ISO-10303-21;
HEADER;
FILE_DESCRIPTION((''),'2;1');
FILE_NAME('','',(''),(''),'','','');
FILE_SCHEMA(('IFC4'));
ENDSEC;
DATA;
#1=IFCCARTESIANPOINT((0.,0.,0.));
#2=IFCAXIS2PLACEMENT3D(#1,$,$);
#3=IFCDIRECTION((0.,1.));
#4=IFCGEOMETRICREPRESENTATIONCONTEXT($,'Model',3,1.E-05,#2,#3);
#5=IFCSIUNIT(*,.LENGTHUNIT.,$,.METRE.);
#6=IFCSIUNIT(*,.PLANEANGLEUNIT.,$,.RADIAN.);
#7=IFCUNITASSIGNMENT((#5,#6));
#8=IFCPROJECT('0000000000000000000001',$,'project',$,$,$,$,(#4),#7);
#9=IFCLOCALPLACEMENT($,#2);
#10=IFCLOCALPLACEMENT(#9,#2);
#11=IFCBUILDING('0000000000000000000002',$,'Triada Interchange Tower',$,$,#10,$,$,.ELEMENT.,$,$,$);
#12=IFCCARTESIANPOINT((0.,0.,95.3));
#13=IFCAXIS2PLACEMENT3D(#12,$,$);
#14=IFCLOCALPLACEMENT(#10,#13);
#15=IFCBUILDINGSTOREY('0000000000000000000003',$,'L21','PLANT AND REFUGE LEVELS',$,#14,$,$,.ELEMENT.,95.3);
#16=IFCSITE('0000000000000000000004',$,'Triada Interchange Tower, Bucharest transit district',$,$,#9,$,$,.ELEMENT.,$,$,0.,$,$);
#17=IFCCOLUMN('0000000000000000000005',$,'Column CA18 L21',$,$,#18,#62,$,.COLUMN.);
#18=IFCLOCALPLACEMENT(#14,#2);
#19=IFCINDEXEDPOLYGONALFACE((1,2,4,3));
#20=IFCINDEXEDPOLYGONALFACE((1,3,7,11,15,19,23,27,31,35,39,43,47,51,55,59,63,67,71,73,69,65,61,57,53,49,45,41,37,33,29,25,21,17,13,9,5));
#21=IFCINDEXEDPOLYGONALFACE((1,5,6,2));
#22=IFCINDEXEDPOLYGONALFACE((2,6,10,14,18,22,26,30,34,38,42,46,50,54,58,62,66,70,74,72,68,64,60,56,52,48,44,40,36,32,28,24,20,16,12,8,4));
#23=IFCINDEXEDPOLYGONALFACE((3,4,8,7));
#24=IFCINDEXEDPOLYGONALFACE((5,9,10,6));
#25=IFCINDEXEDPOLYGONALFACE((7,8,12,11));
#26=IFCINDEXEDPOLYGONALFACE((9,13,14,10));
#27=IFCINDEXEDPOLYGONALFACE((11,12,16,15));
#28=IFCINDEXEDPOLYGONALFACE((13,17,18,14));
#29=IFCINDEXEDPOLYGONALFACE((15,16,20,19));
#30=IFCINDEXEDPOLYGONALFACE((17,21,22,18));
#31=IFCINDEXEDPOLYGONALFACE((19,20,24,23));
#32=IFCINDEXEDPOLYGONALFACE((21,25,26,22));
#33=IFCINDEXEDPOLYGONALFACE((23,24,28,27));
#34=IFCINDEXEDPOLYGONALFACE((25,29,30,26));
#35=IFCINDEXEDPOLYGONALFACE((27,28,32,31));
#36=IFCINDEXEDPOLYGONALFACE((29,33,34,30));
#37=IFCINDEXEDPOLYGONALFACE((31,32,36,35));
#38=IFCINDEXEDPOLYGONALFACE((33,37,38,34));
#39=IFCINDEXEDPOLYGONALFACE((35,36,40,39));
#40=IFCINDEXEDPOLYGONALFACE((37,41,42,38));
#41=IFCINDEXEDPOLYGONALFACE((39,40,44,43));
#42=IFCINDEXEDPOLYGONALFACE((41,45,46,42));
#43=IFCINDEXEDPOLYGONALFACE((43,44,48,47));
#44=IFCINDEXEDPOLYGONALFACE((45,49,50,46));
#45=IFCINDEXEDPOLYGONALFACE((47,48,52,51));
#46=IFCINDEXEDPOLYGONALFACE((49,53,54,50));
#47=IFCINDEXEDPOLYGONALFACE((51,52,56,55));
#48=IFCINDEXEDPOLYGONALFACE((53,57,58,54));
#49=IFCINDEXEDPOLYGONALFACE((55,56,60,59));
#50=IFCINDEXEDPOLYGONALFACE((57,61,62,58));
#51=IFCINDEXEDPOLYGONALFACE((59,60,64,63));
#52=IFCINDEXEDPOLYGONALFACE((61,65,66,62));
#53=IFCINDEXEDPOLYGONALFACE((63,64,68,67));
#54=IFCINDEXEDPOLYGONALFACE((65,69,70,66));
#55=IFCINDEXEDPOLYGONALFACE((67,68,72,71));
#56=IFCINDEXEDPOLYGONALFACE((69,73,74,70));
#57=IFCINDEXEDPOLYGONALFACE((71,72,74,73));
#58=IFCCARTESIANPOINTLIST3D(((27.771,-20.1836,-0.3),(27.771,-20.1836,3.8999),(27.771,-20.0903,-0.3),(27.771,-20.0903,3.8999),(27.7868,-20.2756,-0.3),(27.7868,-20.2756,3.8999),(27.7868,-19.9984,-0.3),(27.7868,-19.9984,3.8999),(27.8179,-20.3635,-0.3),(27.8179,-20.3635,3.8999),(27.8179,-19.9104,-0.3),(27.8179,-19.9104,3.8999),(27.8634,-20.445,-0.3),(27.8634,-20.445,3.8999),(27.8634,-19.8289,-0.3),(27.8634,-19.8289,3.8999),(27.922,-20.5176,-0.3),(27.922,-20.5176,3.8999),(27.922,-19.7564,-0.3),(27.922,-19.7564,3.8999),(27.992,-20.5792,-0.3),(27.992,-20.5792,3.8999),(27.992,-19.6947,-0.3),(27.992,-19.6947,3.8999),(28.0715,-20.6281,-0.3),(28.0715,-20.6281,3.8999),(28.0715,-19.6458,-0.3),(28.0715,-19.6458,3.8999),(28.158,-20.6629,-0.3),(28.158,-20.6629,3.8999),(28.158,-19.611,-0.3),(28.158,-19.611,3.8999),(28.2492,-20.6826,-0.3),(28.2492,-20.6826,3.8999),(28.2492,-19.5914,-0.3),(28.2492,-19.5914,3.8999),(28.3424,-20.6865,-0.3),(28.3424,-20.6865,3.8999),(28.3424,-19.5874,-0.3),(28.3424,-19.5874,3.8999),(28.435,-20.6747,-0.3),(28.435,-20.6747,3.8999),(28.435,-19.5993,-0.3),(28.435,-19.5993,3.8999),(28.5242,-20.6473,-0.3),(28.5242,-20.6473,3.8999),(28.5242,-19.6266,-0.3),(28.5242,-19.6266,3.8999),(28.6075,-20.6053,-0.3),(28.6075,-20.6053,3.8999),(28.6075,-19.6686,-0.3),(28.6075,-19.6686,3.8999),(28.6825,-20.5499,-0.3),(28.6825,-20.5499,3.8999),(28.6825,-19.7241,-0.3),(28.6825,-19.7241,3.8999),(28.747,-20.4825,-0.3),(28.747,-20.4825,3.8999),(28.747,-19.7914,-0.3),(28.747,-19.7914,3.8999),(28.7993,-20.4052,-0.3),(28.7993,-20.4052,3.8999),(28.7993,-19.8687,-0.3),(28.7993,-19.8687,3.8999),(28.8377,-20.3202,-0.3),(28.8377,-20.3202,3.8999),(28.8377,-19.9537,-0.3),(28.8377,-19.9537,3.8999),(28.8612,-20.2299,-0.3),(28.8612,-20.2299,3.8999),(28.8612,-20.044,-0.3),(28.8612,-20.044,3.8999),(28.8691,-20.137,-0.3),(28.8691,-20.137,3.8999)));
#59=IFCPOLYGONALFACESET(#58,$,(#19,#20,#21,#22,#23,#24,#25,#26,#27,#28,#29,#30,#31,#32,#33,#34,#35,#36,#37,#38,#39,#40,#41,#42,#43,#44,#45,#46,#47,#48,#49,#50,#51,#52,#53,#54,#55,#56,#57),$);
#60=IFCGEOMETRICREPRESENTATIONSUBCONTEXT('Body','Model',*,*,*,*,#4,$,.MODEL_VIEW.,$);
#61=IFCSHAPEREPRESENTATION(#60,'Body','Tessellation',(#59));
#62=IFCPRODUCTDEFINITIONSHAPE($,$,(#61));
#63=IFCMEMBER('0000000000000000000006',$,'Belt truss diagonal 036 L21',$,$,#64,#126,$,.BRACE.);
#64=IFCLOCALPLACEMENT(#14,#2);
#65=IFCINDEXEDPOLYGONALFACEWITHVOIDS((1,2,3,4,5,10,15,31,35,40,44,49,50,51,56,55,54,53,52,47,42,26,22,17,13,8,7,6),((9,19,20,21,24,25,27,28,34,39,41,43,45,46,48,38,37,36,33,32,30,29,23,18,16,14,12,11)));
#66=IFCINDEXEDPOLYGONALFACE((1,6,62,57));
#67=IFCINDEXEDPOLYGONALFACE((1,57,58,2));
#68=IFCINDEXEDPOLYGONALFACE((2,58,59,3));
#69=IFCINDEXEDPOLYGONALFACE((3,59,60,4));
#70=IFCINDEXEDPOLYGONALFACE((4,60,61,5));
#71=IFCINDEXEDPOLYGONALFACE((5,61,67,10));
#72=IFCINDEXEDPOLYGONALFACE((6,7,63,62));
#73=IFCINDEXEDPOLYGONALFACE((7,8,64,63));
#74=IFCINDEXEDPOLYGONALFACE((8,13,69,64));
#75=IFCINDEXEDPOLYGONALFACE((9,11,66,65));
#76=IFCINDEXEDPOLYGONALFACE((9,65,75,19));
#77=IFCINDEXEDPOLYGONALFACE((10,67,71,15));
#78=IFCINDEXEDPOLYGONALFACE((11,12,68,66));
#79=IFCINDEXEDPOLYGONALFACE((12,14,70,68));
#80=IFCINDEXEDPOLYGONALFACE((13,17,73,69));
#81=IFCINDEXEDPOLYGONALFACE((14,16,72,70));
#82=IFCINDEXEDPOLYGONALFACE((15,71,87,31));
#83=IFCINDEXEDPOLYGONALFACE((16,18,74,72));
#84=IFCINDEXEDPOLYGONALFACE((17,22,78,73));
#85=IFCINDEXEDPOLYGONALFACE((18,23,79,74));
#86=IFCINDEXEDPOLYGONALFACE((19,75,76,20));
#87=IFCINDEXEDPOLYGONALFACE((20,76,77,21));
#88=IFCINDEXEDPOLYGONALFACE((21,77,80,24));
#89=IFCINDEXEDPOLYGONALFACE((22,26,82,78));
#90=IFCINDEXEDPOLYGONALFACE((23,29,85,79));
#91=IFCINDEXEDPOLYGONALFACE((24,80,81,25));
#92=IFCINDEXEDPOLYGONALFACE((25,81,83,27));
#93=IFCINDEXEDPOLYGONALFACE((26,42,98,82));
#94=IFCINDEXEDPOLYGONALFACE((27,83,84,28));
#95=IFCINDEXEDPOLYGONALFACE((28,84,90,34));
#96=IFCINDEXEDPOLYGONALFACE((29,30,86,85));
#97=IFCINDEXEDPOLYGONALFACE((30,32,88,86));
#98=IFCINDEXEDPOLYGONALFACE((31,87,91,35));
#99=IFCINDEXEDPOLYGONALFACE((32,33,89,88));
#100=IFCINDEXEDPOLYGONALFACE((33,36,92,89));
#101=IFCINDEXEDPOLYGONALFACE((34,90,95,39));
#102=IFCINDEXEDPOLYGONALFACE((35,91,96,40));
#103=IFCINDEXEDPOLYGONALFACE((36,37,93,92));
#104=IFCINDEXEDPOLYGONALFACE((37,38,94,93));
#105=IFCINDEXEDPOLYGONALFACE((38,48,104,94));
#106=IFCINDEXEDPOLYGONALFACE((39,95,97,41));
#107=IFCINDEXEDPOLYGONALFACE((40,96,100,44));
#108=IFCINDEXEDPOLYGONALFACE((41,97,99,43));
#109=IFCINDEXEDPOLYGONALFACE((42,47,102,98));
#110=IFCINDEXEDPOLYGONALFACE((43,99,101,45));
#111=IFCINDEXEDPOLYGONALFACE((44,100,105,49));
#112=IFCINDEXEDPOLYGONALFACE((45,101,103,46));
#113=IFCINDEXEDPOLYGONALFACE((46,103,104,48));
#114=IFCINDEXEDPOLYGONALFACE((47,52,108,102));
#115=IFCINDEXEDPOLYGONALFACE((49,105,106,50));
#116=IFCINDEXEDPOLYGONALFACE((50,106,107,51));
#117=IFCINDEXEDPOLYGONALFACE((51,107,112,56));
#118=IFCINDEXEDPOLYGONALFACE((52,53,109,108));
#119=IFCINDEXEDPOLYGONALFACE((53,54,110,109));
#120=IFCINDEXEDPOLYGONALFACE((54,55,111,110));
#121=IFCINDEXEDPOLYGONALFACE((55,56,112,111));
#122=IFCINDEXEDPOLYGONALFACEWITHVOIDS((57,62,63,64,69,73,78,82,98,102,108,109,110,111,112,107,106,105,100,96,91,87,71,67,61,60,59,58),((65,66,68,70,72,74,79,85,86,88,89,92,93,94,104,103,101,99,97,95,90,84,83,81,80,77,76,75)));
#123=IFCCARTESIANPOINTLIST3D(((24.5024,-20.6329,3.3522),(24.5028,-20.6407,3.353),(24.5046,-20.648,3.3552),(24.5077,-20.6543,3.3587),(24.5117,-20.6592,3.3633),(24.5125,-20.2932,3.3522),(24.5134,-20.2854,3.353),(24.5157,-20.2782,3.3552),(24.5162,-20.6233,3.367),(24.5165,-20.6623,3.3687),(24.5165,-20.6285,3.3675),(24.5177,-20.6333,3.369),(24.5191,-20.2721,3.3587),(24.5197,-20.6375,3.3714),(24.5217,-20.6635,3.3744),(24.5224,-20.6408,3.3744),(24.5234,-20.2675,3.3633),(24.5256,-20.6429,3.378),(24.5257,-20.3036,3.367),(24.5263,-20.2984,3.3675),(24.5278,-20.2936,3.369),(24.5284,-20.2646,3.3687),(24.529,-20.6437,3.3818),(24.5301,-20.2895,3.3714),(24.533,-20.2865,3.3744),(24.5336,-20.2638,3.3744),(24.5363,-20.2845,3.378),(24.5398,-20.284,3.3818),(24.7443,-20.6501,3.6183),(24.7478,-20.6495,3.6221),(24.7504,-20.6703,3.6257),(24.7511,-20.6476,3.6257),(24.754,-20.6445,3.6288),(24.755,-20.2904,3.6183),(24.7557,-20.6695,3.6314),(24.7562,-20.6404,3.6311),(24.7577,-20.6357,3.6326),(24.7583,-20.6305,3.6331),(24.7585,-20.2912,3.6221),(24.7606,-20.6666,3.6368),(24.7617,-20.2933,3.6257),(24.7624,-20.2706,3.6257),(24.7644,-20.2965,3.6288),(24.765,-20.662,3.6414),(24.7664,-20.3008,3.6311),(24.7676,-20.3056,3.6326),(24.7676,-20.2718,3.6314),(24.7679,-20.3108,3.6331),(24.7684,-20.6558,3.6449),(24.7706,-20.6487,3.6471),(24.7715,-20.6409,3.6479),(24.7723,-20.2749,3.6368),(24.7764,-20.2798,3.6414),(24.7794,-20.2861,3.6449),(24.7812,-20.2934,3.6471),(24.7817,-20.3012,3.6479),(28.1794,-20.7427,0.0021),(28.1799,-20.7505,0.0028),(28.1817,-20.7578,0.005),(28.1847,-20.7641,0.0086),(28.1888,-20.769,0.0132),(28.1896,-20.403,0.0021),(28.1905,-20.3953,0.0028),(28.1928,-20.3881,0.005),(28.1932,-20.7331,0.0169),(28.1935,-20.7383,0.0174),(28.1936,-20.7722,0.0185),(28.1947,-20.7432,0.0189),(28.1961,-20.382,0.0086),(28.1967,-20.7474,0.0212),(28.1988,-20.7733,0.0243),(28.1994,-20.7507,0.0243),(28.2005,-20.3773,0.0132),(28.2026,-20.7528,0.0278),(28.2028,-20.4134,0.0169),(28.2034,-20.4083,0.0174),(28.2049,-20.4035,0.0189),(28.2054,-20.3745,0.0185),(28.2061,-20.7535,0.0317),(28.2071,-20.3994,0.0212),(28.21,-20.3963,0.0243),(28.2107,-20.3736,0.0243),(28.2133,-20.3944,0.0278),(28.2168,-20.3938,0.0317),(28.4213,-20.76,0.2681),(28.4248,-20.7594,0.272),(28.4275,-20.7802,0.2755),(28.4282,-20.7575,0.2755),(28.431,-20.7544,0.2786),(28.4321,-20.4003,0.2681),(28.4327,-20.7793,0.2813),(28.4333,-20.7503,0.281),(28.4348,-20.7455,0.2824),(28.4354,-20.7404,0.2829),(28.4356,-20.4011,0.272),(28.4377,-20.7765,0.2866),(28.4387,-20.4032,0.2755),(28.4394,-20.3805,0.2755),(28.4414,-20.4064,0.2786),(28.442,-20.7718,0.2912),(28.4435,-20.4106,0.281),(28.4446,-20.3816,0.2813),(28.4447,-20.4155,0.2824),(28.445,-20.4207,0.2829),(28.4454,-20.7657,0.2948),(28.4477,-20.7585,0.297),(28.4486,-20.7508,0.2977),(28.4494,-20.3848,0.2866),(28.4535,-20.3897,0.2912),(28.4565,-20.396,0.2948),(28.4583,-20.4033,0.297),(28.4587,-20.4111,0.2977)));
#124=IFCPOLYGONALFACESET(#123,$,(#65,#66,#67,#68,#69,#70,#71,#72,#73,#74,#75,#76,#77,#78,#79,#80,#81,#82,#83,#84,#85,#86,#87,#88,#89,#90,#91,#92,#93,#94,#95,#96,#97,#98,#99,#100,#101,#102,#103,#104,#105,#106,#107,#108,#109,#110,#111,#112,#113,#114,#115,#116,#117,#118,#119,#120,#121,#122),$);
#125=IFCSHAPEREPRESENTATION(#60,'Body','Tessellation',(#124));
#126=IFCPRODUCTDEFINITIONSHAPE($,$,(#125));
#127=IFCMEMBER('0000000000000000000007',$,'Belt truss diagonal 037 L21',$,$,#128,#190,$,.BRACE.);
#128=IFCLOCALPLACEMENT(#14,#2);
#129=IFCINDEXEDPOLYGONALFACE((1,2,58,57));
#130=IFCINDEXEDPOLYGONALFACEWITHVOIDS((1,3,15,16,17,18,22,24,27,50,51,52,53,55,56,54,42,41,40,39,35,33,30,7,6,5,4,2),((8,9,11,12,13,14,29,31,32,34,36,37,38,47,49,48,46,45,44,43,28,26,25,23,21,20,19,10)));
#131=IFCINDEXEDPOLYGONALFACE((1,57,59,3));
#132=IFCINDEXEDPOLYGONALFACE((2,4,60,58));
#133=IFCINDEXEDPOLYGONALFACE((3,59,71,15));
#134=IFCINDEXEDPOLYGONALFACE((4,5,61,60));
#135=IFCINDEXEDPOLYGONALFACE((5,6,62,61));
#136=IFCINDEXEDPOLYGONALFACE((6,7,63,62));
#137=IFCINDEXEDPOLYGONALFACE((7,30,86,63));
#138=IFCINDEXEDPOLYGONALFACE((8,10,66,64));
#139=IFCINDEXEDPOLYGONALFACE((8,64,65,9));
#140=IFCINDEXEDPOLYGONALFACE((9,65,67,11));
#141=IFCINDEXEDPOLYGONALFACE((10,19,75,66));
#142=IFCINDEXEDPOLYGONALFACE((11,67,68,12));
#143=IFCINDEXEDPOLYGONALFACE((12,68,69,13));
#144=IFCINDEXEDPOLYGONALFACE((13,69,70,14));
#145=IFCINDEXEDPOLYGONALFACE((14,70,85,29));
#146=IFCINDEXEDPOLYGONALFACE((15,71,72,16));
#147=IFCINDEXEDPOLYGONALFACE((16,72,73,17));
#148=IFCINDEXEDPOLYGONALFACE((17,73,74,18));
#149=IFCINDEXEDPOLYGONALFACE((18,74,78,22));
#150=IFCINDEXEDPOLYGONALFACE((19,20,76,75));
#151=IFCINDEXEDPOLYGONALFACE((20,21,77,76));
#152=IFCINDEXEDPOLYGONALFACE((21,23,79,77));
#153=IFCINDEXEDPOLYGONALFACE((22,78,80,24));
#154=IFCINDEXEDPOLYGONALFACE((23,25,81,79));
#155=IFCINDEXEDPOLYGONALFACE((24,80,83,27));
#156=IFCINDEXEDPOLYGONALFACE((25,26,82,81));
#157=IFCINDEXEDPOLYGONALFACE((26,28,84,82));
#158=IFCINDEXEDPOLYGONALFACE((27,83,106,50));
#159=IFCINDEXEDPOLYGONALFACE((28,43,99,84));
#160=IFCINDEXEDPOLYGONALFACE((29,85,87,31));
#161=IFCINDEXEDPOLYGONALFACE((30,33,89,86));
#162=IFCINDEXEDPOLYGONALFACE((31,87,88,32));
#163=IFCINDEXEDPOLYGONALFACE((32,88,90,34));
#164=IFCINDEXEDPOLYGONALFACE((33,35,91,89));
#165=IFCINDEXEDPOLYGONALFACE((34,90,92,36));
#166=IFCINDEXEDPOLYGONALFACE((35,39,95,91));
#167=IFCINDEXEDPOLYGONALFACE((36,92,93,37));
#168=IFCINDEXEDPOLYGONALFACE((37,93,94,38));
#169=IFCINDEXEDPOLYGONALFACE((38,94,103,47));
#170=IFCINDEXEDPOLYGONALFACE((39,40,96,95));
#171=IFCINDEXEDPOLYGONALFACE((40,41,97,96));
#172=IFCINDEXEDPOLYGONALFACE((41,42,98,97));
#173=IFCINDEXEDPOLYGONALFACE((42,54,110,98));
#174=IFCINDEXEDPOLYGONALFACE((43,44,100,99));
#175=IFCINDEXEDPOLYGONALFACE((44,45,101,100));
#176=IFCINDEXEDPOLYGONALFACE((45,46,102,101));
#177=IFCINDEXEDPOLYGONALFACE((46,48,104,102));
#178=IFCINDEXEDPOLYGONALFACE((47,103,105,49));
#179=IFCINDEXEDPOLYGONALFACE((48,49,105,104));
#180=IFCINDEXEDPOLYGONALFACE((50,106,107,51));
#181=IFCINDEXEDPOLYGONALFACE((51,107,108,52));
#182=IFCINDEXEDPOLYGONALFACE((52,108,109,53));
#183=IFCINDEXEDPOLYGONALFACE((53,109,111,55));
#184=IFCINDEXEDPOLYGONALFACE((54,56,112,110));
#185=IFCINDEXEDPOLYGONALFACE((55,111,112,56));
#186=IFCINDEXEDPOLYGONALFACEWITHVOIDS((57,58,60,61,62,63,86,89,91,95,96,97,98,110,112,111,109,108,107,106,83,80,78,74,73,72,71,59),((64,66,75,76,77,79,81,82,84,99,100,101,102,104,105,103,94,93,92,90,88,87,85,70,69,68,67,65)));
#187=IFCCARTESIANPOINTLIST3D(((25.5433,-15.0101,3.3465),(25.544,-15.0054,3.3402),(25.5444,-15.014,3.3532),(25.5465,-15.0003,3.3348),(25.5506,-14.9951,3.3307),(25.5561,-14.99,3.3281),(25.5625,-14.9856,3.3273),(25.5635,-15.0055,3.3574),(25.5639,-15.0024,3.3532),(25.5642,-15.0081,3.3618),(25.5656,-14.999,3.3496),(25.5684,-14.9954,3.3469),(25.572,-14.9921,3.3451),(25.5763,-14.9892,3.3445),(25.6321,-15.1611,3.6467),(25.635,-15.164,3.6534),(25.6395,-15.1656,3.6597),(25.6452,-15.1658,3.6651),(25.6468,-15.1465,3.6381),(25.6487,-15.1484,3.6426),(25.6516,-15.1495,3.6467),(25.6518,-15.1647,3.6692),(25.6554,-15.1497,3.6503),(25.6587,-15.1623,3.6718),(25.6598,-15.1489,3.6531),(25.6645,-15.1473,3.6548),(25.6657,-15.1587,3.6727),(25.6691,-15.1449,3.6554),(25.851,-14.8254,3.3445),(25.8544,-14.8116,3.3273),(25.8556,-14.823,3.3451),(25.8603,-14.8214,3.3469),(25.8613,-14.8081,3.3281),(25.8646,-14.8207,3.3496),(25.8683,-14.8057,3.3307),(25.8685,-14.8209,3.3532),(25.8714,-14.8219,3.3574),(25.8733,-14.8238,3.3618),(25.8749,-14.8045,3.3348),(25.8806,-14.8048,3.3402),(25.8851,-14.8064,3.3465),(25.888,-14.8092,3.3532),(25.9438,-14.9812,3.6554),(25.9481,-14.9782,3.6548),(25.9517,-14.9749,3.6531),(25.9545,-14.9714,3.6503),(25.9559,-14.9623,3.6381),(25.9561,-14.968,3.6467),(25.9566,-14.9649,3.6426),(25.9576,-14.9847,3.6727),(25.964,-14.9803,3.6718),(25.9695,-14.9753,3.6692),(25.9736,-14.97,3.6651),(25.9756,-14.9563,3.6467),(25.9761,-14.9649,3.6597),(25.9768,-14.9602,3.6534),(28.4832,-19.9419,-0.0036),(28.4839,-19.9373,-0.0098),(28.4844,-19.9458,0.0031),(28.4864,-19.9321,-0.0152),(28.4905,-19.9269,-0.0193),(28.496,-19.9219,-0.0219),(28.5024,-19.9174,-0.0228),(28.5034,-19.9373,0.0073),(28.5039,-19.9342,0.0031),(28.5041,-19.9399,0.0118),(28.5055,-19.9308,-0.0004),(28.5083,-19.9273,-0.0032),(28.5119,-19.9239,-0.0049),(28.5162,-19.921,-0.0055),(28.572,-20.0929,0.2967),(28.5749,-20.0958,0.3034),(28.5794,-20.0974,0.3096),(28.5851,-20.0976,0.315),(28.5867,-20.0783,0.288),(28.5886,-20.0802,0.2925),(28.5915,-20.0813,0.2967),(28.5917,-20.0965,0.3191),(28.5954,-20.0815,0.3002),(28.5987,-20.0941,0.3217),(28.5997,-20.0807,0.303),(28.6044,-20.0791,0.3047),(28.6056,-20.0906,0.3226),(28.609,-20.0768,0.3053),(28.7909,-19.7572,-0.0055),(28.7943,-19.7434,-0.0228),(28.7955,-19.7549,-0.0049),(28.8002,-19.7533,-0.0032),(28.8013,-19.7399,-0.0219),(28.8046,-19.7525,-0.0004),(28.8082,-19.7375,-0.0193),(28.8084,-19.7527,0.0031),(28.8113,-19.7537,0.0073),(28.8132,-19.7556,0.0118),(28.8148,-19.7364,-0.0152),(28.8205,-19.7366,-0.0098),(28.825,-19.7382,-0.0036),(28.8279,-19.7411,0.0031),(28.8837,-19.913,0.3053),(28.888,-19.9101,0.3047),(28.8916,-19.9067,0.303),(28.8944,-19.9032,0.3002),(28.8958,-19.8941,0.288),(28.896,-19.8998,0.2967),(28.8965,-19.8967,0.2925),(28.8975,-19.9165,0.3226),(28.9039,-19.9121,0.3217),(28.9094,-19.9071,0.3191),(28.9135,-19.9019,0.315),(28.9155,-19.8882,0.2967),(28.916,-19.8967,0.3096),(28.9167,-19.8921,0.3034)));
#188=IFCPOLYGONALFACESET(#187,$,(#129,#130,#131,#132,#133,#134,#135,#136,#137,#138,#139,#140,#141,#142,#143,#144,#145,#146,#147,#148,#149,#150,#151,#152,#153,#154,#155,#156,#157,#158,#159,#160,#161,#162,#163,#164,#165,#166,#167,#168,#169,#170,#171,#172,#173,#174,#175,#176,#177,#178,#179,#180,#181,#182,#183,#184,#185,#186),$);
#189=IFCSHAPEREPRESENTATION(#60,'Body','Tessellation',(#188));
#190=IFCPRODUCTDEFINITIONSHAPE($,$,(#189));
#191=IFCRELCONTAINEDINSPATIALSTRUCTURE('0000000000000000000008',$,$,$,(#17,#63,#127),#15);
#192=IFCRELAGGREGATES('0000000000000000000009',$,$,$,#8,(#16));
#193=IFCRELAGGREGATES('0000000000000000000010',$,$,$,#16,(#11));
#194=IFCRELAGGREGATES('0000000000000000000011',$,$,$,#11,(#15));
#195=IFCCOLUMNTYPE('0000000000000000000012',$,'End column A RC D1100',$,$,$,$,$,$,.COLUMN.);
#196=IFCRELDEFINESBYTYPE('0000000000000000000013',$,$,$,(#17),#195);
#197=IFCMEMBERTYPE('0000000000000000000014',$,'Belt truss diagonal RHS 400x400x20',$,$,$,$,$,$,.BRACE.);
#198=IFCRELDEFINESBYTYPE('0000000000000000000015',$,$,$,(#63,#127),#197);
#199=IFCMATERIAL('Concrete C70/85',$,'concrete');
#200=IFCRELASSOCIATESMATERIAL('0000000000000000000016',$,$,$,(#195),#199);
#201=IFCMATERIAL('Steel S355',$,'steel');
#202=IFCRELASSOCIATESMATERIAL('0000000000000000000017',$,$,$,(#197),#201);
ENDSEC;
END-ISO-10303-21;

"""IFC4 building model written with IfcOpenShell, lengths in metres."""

from ifc_helpers import new_model, si_unit, direction, frame, origin, origin_2d, place, context, subcontext, project, spatial, hollow_rectangle, circle, extrude, material, material_profile, profile_set, type_object, element, save


model = new_model("IFC4")

# Units and contexts
model_context = context("Model", 3, precision=1e-05, world=origin(), true_north=direction((0.0, 1.0)))
body_context = subcontext(model_context, "Body", "Model", "MODEL_VIEW")
ifc_project = project(units=[si_unit("LENGTHUNIT", "METRE"), si_unit("PLANEANGLEUNIT", "RADIAN")], contexts=[model_context])

# Site, building, storey
site_placement = place(None, origin())
site = spatial("IfcSite", under=ifc_project, at=site_placement, Name="Triada Interchange Tower, Bucharest transit district", CompositionType="ELEMENT", RefElevation=0.0)
building_placement = place(site_placement, origin())
building = spatial("IfcBuilding", under=site, at=building_placement, Name="Triada Interchange Tower", CompositionType="ELEMENT")
storey_placement = place(building_placement, frame((0.0, 0.0, 95.3)))
storey = spatial("IfcBuildingStorey", under=building, at=storey_placement, Name="L21", Description="PLANT AND REFUGE LEVELS", CompositionType="ELEMENT", Elevation=95.3)

# Column
ifc_material_1 = material(Name="Concrete C70/85", Category="concrete")
ifc_material_profile_1 = material_profile(ifc_material_1, circle(Radius=0.55, at=origin_2d()), Name="RC D1100")
ifc_profile_set_1 = profile_set([ifc_material_profile_1], Name="Concrete C70/85")
column_type = type_object("IfcColumnType", Name="End column A RC D1100", PredefinedType="COLUMN", material=ifc_profile_set_1)
column_placement = place(storey_placement, frame((28.3191, -20.137, -0.3), z_axis=(0.0, 0.0, 1.0), x_axis=(1.0, 0.0, 0.0)))
element("IfcColumn", 1, at=column_placement, inside=storey, type_object=column_type, Name="Column CA18 L21", PredefinedType="COLUMN", context=body_context, shape_type="SweptSolid", body=[
    extrude(circle(Radius=0.55, at=origin_2d()), origin(), (0.0, 0.0, 1.0), 4.2),
])

# Members
ifc_material_2 = material(Name="Steel S355", Category="steel")
ifc_material_profile_2 = material_profile(ifc_material_2, hollow_rectangle(XDim=0.3999, YDim=0.3999, WallThickness=0.02, InnerFilletRadius=0.02, OuterFilletRadius=0.03, at=origin_2d()), Name="RHS 400x400x20")
ifc_profile_set_2 = profile_set([ifc_material_profile_2], Name="Steel S355")
member_type = type_object("IfcMemberType", Name="Belt truss diagonal RHS 400x400x20", PredefinedType="BRACE", material=ifc_profile_set_2)
member_1_placement = place(storey_placement, frame((28.3191, -20.5769, 0.1499), z_axis=(-0.739022, 0.022081, 0.673319), x_axis=(-0.029865, -0.999554, 0.0)))
element("IfcMember", 2, at=member_1_placement, inside=storey, type_object=member_type, Name="Belt truss diagonal 036 L21", PredefinedType="BRACE", context=body_context, shape_type="SweptSolid", body=[
    extrude(hollow_rectangle(XDim=0.3999, YDim=0.3999, WallThickness=0.02, InnerFilletRadius=0.02, OuterFilletRadius=0.03, at=origin_2d()), origin(), (0.0, 0.0, 1.0), 4.9756),
])
member_2_placement = place(storey_placement, frame((28.7, -19.917, 0.1499), z_axis=(-0.44226, 0.74191, 0.50396), x_axis=(-0.858964, -0.512036, 0.0)))
element("IfcMember", 3, at=member_2_placement, inside=storey, type_object=member_type, Name="Belt truss diagonal 037 L21", PredefinedType="BRACE", context=body_context, shape_type="SweptSolid", body=[
    extrude(hollow_rectangle(XDim=0.3999, YDim=0.3999, WallThickness=0.02, InnerFilletRadius=0.02, OuterFilletRadius=0.03, at=origin_2d()), origin(), (0.0, 0.0, 1.0), 6.6475),
])

save(model, "model.ifc")
